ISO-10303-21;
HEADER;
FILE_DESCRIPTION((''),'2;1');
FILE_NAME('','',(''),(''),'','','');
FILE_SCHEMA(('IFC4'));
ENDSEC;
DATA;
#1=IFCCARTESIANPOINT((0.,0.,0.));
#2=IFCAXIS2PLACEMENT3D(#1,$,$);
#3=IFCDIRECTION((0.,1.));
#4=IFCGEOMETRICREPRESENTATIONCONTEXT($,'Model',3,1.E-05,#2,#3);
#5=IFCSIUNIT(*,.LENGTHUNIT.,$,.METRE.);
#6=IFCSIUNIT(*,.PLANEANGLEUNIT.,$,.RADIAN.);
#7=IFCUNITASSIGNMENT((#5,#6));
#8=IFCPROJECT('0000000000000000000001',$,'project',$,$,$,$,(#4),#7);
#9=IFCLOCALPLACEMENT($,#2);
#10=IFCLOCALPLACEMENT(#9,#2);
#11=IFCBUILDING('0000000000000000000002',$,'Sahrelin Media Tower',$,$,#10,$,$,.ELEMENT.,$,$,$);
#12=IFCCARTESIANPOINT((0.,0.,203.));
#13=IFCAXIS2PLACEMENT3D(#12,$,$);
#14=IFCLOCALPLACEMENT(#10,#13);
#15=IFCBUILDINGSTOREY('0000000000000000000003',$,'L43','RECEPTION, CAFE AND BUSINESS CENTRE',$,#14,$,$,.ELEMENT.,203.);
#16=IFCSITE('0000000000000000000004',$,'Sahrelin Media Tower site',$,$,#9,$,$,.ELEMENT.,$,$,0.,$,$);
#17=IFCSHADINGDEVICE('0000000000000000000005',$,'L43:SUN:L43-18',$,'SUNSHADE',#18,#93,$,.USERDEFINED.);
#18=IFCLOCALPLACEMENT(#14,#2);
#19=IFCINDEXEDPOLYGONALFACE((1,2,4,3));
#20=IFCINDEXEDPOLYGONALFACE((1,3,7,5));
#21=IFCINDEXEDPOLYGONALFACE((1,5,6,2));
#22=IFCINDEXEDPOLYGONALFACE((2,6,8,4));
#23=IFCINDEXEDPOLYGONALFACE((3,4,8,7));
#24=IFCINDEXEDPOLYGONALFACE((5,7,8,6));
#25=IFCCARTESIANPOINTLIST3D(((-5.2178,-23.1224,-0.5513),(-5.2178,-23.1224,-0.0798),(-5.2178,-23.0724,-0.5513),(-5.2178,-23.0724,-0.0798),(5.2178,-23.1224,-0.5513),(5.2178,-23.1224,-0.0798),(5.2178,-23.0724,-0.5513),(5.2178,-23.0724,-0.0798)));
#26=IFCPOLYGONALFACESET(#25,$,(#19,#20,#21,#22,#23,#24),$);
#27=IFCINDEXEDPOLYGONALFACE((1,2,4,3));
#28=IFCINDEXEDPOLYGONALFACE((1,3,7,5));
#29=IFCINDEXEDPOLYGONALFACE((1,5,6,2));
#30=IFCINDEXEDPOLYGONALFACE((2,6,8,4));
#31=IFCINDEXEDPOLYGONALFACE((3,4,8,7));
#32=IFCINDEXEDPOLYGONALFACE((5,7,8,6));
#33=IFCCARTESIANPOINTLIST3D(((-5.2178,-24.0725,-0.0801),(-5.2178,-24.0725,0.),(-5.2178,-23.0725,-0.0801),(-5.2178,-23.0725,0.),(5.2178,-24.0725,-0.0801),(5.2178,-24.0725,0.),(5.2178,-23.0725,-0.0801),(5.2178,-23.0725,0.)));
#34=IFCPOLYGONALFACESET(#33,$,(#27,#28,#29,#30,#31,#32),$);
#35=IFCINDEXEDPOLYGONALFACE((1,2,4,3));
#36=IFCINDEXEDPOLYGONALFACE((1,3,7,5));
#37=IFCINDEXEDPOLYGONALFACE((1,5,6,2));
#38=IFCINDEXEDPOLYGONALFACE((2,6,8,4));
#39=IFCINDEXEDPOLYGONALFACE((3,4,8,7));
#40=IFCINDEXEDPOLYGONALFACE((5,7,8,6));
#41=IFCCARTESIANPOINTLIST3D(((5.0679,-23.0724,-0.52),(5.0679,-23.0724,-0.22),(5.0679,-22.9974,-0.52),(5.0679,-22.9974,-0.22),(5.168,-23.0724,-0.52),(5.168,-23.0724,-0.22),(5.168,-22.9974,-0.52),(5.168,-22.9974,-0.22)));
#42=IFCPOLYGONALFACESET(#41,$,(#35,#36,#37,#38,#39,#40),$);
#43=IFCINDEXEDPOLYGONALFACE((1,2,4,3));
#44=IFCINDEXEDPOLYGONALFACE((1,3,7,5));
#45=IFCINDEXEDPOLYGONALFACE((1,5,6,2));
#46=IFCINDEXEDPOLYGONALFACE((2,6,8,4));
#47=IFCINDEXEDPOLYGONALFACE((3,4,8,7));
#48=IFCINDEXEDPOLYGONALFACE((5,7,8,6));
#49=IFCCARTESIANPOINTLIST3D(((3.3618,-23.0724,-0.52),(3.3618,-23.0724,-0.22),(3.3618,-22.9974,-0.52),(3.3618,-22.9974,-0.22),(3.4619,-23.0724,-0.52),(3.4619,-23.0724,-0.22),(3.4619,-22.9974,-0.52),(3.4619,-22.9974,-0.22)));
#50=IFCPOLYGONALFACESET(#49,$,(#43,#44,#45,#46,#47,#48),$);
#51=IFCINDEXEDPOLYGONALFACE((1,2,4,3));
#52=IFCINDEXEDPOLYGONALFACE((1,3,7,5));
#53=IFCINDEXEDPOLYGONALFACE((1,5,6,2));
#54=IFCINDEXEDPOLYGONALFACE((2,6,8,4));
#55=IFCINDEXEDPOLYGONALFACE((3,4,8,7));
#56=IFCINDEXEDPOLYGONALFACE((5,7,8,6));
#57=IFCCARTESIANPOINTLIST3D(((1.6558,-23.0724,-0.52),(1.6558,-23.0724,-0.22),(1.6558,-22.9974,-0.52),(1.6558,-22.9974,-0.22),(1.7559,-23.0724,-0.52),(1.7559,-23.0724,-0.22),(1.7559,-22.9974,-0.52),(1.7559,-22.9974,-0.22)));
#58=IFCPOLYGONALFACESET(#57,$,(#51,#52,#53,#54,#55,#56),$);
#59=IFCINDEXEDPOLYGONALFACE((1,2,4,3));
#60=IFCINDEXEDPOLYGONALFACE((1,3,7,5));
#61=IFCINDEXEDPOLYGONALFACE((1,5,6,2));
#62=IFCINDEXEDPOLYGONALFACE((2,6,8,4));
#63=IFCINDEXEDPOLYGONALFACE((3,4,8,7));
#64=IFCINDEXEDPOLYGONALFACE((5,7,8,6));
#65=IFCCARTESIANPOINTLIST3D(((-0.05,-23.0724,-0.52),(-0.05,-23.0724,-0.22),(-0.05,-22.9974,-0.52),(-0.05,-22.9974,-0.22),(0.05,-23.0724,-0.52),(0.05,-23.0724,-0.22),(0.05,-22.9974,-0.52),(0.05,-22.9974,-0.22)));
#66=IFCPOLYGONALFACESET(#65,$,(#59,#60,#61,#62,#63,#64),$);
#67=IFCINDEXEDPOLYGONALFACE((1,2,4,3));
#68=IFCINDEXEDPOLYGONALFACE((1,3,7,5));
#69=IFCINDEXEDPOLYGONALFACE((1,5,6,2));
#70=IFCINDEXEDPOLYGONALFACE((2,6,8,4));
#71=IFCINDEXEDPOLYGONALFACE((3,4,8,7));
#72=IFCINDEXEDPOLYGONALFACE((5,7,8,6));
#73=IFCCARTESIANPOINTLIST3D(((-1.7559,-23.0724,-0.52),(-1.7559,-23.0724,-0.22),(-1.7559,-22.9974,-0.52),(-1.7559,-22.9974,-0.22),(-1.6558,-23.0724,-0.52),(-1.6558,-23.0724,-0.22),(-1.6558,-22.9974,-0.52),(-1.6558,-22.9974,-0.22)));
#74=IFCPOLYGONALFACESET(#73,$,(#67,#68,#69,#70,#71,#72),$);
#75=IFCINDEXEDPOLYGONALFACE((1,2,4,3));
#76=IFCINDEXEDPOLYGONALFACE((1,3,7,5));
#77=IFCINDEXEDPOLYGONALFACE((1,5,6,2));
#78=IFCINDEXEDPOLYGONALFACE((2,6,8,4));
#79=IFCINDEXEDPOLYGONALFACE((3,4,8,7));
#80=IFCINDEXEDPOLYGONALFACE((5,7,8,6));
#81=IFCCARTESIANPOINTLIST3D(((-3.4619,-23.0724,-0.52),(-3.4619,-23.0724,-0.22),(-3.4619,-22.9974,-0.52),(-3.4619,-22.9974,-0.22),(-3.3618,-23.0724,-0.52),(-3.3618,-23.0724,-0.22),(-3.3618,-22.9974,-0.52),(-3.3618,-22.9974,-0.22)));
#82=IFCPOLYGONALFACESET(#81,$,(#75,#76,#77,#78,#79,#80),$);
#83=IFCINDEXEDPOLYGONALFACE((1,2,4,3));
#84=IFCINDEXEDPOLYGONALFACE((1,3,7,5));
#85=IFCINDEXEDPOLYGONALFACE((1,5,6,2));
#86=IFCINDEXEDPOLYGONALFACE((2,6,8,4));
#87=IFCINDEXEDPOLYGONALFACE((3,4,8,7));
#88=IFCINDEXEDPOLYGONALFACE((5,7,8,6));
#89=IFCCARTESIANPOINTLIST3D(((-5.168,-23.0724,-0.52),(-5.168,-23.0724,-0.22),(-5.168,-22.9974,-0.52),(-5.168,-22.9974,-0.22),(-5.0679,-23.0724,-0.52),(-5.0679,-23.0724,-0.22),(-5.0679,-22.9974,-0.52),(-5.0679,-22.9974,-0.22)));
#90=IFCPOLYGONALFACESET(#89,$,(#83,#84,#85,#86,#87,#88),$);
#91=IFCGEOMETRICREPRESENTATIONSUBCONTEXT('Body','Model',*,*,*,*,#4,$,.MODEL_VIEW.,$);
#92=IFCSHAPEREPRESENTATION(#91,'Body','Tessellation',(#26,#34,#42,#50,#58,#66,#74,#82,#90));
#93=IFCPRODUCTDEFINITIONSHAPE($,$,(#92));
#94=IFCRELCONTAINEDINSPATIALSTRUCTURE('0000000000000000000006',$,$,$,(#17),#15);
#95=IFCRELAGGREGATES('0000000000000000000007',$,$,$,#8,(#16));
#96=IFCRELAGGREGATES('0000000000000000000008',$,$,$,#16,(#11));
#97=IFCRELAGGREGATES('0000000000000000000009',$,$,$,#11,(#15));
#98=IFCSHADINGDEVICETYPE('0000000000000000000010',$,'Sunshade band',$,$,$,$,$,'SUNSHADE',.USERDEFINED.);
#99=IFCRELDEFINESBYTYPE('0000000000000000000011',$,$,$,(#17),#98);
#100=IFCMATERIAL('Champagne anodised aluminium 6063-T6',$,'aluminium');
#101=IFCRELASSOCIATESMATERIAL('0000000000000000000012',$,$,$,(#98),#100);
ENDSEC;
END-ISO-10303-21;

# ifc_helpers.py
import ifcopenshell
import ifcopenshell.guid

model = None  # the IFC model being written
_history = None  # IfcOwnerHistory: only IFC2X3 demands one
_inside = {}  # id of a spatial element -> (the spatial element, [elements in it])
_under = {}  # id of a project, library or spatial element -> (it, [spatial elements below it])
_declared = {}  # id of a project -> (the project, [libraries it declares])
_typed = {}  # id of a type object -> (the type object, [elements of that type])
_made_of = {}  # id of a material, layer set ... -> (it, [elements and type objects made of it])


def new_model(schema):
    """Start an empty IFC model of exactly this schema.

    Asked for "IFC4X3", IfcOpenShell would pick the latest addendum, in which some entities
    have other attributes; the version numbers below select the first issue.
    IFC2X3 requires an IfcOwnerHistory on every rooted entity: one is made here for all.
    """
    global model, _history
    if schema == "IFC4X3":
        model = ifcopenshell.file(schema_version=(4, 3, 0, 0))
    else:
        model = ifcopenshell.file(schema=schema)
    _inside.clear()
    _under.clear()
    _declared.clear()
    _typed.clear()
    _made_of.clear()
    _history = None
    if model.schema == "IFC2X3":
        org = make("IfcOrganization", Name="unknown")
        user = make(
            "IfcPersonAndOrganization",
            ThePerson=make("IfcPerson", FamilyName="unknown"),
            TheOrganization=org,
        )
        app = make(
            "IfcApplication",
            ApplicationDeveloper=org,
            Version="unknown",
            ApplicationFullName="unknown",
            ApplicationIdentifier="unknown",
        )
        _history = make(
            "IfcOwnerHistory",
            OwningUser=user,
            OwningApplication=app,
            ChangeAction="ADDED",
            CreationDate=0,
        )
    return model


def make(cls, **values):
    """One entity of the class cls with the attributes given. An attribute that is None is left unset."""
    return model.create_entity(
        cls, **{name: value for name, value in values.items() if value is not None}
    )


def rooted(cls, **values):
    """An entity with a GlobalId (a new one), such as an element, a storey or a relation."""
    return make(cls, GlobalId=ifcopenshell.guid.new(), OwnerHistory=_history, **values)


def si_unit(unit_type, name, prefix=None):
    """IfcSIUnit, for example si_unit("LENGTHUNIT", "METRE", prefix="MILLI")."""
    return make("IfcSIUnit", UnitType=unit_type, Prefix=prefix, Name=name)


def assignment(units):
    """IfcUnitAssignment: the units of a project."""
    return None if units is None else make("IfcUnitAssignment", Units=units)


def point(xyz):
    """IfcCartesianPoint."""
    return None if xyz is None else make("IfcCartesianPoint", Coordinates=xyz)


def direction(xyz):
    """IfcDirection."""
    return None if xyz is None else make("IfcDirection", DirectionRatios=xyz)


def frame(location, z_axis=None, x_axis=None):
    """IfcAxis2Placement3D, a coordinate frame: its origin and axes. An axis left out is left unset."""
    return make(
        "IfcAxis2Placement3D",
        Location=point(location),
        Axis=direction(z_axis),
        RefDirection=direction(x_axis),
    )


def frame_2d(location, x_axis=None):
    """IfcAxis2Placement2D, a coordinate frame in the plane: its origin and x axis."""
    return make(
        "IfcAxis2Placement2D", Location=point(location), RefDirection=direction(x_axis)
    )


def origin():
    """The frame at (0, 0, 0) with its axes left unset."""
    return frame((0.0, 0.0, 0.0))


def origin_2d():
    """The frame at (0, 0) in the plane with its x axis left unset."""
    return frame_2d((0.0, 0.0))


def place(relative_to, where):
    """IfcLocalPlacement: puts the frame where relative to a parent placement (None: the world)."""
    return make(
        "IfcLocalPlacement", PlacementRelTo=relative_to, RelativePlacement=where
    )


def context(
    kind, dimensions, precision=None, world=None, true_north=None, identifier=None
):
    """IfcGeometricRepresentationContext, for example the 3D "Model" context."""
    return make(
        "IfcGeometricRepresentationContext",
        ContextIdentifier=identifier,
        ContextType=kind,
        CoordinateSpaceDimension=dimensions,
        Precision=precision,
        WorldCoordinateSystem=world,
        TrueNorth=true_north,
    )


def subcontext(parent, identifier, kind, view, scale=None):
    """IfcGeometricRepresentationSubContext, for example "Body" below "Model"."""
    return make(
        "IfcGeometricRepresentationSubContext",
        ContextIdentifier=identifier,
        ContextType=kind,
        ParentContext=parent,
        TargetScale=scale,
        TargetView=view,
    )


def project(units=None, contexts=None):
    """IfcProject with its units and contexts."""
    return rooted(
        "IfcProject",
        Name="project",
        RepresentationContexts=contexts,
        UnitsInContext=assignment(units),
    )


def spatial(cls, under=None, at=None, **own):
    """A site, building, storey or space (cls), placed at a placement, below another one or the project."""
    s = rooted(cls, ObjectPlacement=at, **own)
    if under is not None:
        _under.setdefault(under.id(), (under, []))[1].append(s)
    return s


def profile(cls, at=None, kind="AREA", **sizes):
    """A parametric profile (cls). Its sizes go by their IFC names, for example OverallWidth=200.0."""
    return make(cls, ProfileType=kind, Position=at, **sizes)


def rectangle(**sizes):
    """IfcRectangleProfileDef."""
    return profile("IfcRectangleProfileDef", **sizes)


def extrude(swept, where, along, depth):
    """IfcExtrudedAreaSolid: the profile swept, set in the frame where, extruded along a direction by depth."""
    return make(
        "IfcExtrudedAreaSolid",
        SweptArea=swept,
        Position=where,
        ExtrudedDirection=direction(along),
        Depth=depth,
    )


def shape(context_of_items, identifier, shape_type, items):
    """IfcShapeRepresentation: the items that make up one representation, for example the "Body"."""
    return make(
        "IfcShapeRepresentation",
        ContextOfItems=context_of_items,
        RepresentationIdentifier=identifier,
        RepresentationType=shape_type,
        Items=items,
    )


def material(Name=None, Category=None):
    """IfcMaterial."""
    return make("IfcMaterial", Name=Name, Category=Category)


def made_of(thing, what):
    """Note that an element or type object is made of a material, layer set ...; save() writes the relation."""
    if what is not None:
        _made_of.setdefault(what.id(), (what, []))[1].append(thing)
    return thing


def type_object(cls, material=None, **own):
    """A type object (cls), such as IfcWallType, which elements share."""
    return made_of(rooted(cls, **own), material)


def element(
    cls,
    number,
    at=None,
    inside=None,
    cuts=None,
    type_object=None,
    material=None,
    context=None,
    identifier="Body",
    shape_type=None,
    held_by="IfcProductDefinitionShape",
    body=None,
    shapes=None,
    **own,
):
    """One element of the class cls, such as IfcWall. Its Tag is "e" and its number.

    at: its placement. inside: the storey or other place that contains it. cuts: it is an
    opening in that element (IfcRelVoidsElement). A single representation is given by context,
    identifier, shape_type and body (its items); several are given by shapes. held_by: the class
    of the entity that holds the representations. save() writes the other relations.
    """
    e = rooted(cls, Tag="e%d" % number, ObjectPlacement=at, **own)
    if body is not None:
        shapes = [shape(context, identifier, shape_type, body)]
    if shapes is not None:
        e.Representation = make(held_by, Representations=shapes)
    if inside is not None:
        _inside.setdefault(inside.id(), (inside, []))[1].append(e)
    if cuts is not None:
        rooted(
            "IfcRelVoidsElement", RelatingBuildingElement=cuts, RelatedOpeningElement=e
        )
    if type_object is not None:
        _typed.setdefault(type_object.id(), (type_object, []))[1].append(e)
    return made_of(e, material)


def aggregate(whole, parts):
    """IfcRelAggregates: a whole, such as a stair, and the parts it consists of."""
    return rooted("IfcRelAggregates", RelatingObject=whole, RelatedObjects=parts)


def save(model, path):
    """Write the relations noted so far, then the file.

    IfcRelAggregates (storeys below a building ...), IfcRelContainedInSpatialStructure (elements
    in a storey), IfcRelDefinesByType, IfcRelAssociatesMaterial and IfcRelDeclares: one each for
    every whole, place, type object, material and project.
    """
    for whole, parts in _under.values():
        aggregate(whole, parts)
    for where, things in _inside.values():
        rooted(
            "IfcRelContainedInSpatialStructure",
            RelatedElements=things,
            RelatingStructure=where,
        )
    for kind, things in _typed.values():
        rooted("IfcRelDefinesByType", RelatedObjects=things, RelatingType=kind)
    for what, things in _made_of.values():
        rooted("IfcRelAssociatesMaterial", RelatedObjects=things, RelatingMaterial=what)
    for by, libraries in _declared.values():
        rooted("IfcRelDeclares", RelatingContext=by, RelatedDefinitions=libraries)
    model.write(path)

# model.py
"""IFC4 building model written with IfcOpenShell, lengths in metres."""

from ifc_helpers import new_model, si_unit, direction, frame, origin, origin_2d, place, context, subcontext, project, spatial, rectangle, extrude, material, type_object, element, save


model = new_model("IFC4")

# Units and contexts
model_context = context("Model", 3, precision=1e-05, world=origin(), true_north=direction((0.0, 1.0)))
body_context = subcontext(model_context, "Body", "Model", "MODEL_VIEW")
ifc_project = project(units=[si_unit("LENGTHUNIT", "METRE"), si_unit("PLANEANGLEUNIT", "RADIAN")], contexts=[model_context])

# Site, building, storey
site_placement = place(None, origin())
site = spatial("IfcSite", under=ifc_project, at=site_placement, Name="Sahrelin Media Tower site", CompositionType="ELEMENT", RefElevation=0.0)
building_placement = place(site_placement, origin())
building = spatial("IfcBuilding", under=site, at=building_placement, Name="Sahrelin Media Tower", CompositionType="ELEMENT")
storey_placement = place(building_placement, frame((0.0, 0.0, 203.0)))
storey = spatial("IfcBuildingStorey", under=building, at=storey_placement, Name="L43", Description="RECEPTION, CAFE AND BUSINESS CENTRE", CompositionType="ELEMENT", Elevation=203.0)

# Shared definitions
ifc_material_1 = material(Name="Champagne anodised aluminium 6063-T6", Category="aluminium")

# Shading device
placement_1 = place(storey_placement, frame((0.0, -23.0525, 0.0), z_axis=(0.0, 0.0, 1.0), x_axis=(-1.0, 0.0, 0.0)))
shading_device_type_1 = type_object("IfcShadingDeviceType", Name="Sunshade band", ElementType="SUNSHADE", PredefinedType="USERDEFINED", material=ifc_material_1)
element("IfcShadingDevice", 1, at=placement_1, inside=storey, type_object=shading_device_type_1, Name="L43:SUN:L43-18", ObjectType="SUNSHADE", PredefinedType="USERDEFINED", context=body_context, shape_type="SweptSolid", body=[
    extrude(rectangle(XDim=10.4355, YDim=0.05, at=origin_2d()), frame((0.0, 0.0449, -0.5513)), (0.0, 0.0, 1.0), 0.4714),
    extrude(rectangle(XDim=10.4355, YDim=1.0, at=origin_2d()), frame((0.0, 0.52, -0.0801)), (0.0, 0.0, 1.0), 0.0801),
    extrude(rectangle(XDim=0.1001, YDim=0.075, at=origin_2d()), frame((-5.1179, -0.0176, -0.52)), (0.0, 0.0, 1.0), 0.3),
    extrude(rectangle(XDim=0.1001, YDim=0.075, at=origin_2d()), frame((-3.4119, -0.0176, -0.52)), (0.0, 0.0, 1.0), 0.3),
    extrude(rectangle(XDim=0.1001, YDim=0.075, at=origin_2d()), frame((-1.7058, -0.0176, -0.52)), (0.0, 0.0, 1.0), 0.3),
    extrude(rectangle(XDim=0.1001, YDim=0.075, at=origin_2d()), frame((0.0, -0.0176, -0.52)), (0.0, 0.0, 1.0), 0.3),
    extrude(rectangle(XDim=0.1001, YDim=0.075, at=origin_2d()), frame((1.7058, -0.0176, -0.52)), (0.0, 0.0, 1.0), 0.3),
    extrude(rectangle(XDim=0.1001, YDim=0.075, at=origin_2d()), frame((3.4119, -0.0176, -0.52)), (0.0, 0.0, 1.0), 0.3),
    extrude(rectangle(XDim=0.1001, YDim=0.075, at=origin_2d()), frame((5.1179, -0.0176, -0.52)), (0.0, 0.0, 1.0), 0.3),
])

save(model, "model.ifc")
